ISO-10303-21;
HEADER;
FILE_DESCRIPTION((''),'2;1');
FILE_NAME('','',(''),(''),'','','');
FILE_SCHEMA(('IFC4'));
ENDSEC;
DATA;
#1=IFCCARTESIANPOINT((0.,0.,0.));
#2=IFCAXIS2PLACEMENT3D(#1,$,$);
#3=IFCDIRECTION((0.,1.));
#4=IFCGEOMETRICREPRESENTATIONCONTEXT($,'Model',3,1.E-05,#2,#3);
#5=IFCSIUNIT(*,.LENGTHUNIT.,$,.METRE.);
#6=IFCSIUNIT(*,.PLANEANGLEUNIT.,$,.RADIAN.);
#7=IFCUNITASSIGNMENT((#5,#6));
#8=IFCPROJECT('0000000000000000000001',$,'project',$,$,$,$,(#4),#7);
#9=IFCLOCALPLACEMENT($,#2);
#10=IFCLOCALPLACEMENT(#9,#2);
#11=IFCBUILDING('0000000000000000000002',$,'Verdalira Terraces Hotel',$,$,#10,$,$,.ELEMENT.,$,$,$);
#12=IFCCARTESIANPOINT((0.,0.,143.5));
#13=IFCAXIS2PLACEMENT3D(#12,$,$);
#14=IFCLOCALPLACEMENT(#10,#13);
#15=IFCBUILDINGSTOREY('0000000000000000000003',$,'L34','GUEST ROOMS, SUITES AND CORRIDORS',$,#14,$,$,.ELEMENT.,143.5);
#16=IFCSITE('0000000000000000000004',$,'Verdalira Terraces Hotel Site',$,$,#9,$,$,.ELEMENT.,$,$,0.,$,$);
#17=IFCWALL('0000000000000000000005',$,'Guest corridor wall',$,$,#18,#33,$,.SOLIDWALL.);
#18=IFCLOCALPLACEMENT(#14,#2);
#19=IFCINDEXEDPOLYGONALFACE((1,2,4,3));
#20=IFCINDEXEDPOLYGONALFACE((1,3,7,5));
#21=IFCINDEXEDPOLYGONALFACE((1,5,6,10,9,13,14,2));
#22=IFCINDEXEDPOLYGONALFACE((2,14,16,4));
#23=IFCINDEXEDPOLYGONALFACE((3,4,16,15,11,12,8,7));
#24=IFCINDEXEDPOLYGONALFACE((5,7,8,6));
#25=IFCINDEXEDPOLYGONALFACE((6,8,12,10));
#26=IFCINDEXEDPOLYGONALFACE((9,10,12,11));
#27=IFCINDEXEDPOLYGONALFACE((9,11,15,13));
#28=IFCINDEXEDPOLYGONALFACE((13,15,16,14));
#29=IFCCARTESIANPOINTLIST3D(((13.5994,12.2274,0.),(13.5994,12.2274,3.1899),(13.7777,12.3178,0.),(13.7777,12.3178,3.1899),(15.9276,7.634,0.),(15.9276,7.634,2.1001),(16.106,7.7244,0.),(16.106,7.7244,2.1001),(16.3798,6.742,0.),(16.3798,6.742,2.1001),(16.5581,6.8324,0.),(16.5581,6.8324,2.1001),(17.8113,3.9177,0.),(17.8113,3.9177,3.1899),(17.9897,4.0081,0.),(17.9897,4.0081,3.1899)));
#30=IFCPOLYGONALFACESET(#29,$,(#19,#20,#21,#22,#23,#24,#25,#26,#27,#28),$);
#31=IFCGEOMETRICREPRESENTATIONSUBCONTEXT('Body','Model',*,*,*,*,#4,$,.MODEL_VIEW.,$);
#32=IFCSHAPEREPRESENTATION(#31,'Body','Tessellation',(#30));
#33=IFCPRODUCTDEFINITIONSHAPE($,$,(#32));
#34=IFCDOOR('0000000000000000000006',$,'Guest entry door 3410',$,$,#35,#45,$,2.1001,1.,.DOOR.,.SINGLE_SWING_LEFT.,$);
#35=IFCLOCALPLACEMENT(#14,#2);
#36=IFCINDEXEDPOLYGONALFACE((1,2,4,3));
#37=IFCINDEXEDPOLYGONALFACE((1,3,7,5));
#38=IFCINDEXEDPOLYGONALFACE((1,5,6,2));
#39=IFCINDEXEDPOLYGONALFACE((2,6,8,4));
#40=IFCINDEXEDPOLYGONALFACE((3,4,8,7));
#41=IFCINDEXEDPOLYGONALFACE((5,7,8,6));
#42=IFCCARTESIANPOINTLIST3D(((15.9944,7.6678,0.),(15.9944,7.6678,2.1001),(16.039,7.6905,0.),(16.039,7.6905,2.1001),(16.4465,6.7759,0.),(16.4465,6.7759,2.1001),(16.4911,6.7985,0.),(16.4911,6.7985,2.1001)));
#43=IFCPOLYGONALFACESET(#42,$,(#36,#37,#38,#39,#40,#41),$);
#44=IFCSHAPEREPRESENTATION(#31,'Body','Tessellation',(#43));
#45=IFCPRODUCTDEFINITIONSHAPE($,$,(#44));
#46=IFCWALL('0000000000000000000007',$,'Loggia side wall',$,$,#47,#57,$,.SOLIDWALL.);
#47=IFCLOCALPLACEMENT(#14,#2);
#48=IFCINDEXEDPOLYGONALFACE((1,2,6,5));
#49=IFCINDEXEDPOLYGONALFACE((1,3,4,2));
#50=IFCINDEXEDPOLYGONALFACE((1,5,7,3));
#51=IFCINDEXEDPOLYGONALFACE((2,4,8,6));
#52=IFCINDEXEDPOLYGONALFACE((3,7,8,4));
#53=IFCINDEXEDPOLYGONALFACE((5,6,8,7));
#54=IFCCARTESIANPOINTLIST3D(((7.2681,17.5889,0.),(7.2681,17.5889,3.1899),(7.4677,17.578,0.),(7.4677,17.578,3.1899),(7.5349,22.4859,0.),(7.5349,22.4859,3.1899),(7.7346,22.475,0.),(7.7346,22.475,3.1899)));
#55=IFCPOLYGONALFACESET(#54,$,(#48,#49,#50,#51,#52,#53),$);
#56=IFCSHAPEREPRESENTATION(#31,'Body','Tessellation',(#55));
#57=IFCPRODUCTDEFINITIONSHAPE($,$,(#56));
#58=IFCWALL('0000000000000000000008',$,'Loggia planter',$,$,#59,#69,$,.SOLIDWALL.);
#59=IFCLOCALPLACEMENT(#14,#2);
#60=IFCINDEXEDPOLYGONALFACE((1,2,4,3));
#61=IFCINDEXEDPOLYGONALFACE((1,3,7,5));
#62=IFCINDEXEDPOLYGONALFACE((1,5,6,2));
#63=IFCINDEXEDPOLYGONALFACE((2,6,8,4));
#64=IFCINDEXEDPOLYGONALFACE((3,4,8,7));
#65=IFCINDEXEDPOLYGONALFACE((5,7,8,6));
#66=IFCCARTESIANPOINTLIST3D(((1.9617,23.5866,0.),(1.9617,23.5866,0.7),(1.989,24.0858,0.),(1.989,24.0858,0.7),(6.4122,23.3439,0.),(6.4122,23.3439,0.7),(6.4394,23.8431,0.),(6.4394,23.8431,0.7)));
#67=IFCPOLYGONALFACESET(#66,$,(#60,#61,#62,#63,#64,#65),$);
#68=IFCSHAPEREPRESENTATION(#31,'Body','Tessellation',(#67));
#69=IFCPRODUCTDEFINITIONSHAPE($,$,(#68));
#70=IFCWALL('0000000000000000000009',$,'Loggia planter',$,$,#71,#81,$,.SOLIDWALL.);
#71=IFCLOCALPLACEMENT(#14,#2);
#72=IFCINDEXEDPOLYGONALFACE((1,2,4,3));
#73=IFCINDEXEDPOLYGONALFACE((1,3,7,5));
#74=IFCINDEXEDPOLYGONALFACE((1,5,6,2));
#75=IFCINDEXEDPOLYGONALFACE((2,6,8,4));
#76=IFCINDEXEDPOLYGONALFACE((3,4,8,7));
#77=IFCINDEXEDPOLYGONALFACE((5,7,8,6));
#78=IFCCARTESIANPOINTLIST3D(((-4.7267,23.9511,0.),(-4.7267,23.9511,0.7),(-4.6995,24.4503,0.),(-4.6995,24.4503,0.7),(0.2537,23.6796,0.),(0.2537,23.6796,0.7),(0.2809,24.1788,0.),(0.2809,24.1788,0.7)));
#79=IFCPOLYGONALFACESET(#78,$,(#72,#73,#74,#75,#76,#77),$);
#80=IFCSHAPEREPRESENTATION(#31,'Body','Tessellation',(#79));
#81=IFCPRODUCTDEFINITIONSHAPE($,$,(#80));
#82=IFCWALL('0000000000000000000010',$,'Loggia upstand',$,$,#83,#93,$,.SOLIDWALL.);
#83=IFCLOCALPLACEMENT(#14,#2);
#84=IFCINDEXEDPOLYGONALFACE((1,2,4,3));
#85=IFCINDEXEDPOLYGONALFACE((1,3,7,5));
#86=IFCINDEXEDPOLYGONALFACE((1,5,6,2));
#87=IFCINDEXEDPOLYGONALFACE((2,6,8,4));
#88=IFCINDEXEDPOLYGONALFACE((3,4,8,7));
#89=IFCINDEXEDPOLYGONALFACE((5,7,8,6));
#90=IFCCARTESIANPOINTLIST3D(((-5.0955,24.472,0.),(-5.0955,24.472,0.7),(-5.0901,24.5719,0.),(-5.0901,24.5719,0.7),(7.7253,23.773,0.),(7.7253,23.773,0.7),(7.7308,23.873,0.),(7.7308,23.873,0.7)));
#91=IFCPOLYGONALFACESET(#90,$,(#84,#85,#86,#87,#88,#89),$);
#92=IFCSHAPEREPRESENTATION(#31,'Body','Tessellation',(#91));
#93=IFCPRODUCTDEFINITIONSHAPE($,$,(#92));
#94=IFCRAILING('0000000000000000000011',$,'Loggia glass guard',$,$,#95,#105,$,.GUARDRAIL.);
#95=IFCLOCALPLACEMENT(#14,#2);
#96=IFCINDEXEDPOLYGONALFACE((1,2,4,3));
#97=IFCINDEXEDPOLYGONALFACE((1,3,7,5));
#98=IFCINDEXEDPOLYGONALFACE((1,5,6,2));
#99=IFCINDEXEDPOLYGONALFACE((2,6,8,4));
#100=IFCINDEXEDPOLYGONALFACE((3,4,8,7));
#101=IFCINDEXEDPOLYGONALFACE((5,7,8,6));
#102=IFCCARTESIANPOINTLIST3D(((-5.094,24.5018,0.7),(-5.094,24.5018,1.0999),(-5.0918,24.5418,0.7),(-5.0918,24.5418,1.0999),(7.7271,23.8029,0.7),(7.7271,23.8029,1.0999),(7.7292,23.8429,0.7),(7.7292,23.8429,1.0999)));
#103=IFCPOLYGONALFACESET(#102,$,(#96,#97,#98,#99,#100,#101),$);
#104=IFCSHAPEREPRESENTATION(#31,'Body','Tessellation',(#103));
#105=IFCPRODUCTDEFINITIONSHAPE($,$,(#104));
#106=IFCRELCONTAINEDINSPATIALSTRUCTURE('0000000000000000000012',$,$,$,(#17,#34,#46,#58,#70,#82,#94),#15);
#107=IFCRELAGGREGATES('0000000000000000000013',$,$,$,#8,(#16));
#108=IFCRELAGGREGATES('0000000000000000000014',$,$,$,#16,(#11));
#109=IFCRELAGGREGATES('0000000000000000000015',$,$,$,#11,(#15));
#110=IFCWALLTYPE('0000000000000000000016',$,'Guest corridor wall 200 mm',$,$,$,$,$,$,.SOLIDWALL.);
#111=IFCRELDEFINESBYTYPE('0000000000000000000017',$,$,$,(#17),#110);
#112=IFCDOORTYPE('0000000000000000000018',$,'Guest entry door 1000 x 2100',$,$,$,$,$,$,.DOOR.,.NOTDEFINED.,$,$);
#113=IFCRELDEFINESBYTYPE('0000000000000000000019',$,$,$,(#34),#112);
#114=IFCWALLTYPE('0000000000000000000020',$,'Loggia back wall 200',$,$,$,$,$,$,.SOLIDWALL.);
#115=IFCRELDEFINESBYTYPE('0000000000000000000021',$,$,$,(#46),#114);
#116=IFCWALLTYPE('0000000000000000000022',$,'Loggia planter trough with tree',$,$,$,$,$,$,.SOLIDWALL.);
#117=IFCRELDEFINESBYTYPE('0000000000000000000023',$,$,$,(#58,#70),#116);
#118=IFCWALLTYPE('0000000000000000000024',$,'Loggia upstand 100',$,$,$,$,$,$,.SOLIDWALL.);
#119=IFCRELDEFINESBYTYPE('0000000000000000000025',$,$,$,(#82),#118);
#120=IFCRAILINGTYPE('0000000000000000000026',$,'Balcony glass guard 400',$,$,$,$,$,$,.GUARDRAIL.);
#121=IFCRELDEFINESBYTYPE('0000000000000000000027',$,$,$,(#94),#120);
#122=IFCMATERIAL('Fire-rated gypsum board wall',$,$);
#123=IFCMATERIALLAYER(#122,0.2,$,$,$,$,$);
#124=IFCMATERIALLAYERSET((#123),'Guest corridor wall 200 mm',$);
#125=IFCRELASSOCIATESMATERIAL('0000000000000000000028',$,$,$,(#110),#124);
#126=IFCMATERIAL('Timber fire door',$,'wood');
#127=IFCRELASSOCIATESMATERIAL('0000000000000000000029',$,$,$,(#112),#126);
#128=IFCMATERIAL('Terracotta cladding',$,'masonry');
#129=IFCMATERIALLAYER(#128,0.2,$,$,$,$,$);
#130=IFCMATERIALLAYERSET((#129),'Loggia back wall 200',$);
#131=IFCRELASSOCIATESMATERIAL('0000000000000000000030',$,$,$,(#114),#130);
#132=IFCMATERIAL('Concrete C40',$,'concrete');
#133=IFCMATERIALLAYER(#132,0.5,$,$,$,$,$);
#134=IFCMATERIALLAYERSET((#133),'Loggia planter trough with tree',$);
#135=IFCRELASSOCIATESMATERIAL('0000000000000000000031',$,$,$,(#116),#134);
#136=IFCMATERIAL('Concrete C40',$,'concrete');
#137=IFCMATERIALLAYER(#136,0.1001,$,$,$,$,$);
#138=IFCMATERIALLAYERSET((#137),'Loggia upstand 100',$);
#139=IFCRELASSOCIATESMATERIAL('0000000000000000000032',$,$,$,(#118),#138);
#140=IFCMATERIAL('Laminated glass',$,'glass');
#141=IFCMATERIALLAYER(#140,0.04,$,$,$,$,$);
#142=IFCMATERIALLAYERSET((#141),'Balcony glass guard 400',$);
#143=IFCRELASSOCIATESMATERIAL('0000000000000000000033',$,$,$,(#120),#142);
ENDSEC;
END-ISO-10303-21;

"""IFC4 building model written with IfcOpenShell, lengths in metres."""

from ifc_helpers import new_model, si_unit, direction, frame, frame_2d, origin, origin_2d, place, context, subcontext, project, spatial, rectangle, extrude, material, layer, layer_set, type_object, element, fill, save


model = new_model("IFC4")

# Units and contexts
model_context = context("Model", 3, precision=1e-05, world=origin(), true_north=direction((0.0, 1.0)))
body_context = subcontext(model_context, "Body", "Model", "MODEL_VIEW")
ifc_project = project(units=[si_unit("LENGTHUNIT", "METRE"), si_unit("PLANEANGLEUNIT", "RADIAN")], contexts=[model_context])

# Site, building, storey
site_placement = place(None, origin())
site = spatial("IfcSite", under=ifc_project, at=site_placement, Name="Verdalira Terraces Hotel Site", CompositionType="ELEMENT", RefElevation=0.0)
building_placement = place(site_placement, origin())
building = spatial("IfcBuilding", under=site, at=building_placement, Name="Verdalira Terraces Hotel", CompositionType="ELEMENT")
storey_placement = place(building_placement, frame((0.0, 0.0, 143.5)))
storey = spatial("IfcBuildingStorey", under=building, at=storey_placement, Name="L34", Description="GUEST ROOMS, SUITES AND CORRIDORS", CompositionType="ELEMENT", Elevation=143.5)

# Wall, opening, door
ifc_material_1 = material(Name="Fire-rated gypsum board wall")
ifc_layer_1 = layer(ifc_material_1, 0.2)
ifc_layer_set_1 = layer_set([ifc_layer_1], Name="Guest corridor wall 200 mm")
wall_type_1 = type_object("IfcWallType", Name="Guest corridor wall 200 mm", PredefinedType="SOLIDWALL", material=ifc_layer_set_1)
ifc_material_2 = material(Name="Timber fire door", Category="wood")
door_type_1 = type_object("IfcDoorType", Name="Guest entry door 1000 x 2100", OperationType="NOTDEFINED", PredefinedType="DOOR", material=ifc_material_2)
wall_1_placement = place(storey_placement, frame((13.6885, 12.2727, 0.0), z_axis=(0.0, 0.0, 1.0), x_axis=(0.452113, -0.891961, 0.0)))
wall_1 = element("IfcWall", 1, at=wall_1_placement, inside=storey, type_object=wall_type_1, Name="Guest corridor wall", PredefinedType="SOLIDWALL", context=body_context, shape_type="SweptSolid", body=[
    extrude(rectangle(XDim=9.3162, YDim=0.2, at=frame_2d((4.6582, 0.0))), origin(), (0.0, 0.0, 1.0), 3.1899),
])
opening_1_placement = place(wall_1_placement, frame((5.1499, 0.0, 0.0)))
opening_1 = element("IfcOpeningElement", 2, at=opening_1_placement, cuts=wall_1, PredefinedType="OPENING", context=body_context, shape_type="SweptSolid", body=[
    extrude(rectangle(XDim=1.0, YDim=2.1001, at=frame_2d((0.5, 1.05))), frame((0.0, 0.1099, 0.0), z_axis=(0.0, -1.0, 0.0), x_axis=(1.0, 0.0, 0.0)), (0.0, 0.0, 1.0), 0.22),
])
door_1_placement = place(opening_1_placement, origin())
door_1 = element("IfcDoor", 3, at=door_1_placement, inside=storey, type_object=door_type_1, Name="Guest entry door 3410", OperationType="SINGLE_SWING_LEFT", OverallHeight=2.1001, OverallWidth=1.0, PredefinedType="DOOR", context=body_context, shape_type="SweptSolid", body=[
    extrude(rectangle(XDim=1.0, YDim=2.1001, at=frame_2d((0.5, 1.05))), frame((0.0, 0.0249, 0.0), z_axis=(0.0, -1.0, 0.0), x_axis=(1.0, 0.0, 0.0)), (0.0, 0.0, 1.0), 0.05),
])
fill(opening_1, door_1)

# Walls
ifc_material_3 = material(Name="Terracotta cladding", Category="masonry")
ifc_layer_2 = layer(ifc_material_3, 0.2)
ifc_layer_set_2 = layer_set([ifc_layer_2], Name="Loggia back wall 200")
wall_type_2 = type_object("IfcWallType", Name="Loggia back wall 200", PredefinedType="SOLIDWALL", material=ifc_layer_set_2)
wall_2_placement = place(storey_placement, frame((7.6348, 22.4805, 0.0), z_axis=(0.0, 0.0, 1.0), x_axis=(-0.054411, -0.998519, 0.0)))
element("IfcWall", 4, at=wall_2_placement, inside=storey, type_object=wall_type_2, Name="Loggia side wall", PredefinedType="SOLIDWALL", context=body_context, shape_type="SweptSolid", body=[
    extrude(rectangle(XDim=4.9043, YDim=0.2, at=frame_2d((2.4521, 0.0))), origin(), (0.0, 0.0, 1.0), 3.1899),
])
ifc_material_4 = material(Name="Concrete C40", Category="concrete")
ifc_layer_3 = layer(ifc_material_4, 0.5)
ifc_layer_set_3 = layer_set([ifc_layer_3], Name="Loggia planter trough with tree")
wall_type_3 = type_object("IfcWallType", Name="Loggia planter trough with tree", PredefinedType="SOLIDWALL", material=ifc_layer_set_3)
wall_3_placement = place(storey_placement, frame((6.4258, 23.5935, 0.0), z_axis=(0.0, 0.0, 1.0), x_axis=(-0.998517, 0.054448, 0.0)))
element("IfcWall", 5, at=wall_3_placement, inside=storey, type_object=wall_type_3, Name="Loggia planter", PredefinedType="SOLIDWALL", context=body_context, shape_type="SweptSolid", body=[
    extrude(rectangle(XDim=4.457, YDim=0.5, at=frame_2d((2.2285, 0.0))), origin(), (0.0, 0.0, 1.0), 0.7),
])
wall_4_placement = place(storey_placement, frame((0.2673, 23.9292, 0.0), z_axis=(0.0, 0.0, 1.0), x_axis=(-0.998518, 0.054429, 0.0)))
element("IfcWall", 6, at=wall_4_placement, inside=storey, type_object=wall_type_3, Name="Loggia planter", PredefinedType="SOLIDWALL", context=body_context, shape_type="SweptSolid", body=[
    extrude(rectangle(XDim=4.9878, YDim=0.5, at=frame_2d((2.4939, 0.0))), origin(), (0.0, 0.0, 1.0), 0.7),
])
ifc_material_5 = material(Name="Concrete C40", Category="concrete")
ifc_layer_4 = layer(ifc_material_5, 0.1001)
ifc_layer_set_4 = layer_set([ifc_layer_4], Name="Loggia upstand 100")
wall_type_4 = type_object("IfcWallType", Name="Loggia upstand 100", PredefinedType="SOLIDWALL", material=ifc_layer_set_4)
wall_5_placement = place(storey_placement, frame((7.728, 23.823, 0.0), z_axis=(0.0, 0.0, 1.0), x_axis=(-0.998517, 0.054438, 0.0)))
element("IfcWall", 7, at=wall_5_placement, inside=storey, type_object=wall_type_4, Name="Loggia upstand", PredefinedType="SOLIDWALL", context=body_context, shape_type="SweptSolid", body=[
    extrude(rectangle(XDim=12.8398, YDim=0.1001, at=frame_2d((6.4199, 0.0))), origin(), (0.0, 0.0, 1.0), 0.7),
])

# Railing
ifc_material_6 = material(Name="Laminated glass", Category="glass")
ifc_layer_5 = layer(ifc_material_6, 0.04)
ifc_layer_set_5 = layer_set([ifc_layer_5], Name="Balcony glass guard 400")
railing_type = type_object("IfcRailingType", Name="Balcony glass guard 400", PredefinedType="GUARDRAIL", material=ifc_layer_set_5)
railing_placement = place(storey_placement, frame((1.3176, 24.1724, 0.7), z_axis=(0.0, 0.0, 1.0), x_axis=(-0.998518, 0.054427, 0.0)))
element("IfcRailing", 8, at=railing_placement, inside=storey, type_object=railing_type, Name="Loggia glass guard", PredefinedType="GUARDRAIL", context=body_context, shape_type="SweptSolid", body=[
    extrude(rectangle(XDim=12.8401, YDim=0.04, at=origin_2d()), origin(), (0.0, 0.0, 1.0), 0.3999),
])

save(model, "model.ifc")
